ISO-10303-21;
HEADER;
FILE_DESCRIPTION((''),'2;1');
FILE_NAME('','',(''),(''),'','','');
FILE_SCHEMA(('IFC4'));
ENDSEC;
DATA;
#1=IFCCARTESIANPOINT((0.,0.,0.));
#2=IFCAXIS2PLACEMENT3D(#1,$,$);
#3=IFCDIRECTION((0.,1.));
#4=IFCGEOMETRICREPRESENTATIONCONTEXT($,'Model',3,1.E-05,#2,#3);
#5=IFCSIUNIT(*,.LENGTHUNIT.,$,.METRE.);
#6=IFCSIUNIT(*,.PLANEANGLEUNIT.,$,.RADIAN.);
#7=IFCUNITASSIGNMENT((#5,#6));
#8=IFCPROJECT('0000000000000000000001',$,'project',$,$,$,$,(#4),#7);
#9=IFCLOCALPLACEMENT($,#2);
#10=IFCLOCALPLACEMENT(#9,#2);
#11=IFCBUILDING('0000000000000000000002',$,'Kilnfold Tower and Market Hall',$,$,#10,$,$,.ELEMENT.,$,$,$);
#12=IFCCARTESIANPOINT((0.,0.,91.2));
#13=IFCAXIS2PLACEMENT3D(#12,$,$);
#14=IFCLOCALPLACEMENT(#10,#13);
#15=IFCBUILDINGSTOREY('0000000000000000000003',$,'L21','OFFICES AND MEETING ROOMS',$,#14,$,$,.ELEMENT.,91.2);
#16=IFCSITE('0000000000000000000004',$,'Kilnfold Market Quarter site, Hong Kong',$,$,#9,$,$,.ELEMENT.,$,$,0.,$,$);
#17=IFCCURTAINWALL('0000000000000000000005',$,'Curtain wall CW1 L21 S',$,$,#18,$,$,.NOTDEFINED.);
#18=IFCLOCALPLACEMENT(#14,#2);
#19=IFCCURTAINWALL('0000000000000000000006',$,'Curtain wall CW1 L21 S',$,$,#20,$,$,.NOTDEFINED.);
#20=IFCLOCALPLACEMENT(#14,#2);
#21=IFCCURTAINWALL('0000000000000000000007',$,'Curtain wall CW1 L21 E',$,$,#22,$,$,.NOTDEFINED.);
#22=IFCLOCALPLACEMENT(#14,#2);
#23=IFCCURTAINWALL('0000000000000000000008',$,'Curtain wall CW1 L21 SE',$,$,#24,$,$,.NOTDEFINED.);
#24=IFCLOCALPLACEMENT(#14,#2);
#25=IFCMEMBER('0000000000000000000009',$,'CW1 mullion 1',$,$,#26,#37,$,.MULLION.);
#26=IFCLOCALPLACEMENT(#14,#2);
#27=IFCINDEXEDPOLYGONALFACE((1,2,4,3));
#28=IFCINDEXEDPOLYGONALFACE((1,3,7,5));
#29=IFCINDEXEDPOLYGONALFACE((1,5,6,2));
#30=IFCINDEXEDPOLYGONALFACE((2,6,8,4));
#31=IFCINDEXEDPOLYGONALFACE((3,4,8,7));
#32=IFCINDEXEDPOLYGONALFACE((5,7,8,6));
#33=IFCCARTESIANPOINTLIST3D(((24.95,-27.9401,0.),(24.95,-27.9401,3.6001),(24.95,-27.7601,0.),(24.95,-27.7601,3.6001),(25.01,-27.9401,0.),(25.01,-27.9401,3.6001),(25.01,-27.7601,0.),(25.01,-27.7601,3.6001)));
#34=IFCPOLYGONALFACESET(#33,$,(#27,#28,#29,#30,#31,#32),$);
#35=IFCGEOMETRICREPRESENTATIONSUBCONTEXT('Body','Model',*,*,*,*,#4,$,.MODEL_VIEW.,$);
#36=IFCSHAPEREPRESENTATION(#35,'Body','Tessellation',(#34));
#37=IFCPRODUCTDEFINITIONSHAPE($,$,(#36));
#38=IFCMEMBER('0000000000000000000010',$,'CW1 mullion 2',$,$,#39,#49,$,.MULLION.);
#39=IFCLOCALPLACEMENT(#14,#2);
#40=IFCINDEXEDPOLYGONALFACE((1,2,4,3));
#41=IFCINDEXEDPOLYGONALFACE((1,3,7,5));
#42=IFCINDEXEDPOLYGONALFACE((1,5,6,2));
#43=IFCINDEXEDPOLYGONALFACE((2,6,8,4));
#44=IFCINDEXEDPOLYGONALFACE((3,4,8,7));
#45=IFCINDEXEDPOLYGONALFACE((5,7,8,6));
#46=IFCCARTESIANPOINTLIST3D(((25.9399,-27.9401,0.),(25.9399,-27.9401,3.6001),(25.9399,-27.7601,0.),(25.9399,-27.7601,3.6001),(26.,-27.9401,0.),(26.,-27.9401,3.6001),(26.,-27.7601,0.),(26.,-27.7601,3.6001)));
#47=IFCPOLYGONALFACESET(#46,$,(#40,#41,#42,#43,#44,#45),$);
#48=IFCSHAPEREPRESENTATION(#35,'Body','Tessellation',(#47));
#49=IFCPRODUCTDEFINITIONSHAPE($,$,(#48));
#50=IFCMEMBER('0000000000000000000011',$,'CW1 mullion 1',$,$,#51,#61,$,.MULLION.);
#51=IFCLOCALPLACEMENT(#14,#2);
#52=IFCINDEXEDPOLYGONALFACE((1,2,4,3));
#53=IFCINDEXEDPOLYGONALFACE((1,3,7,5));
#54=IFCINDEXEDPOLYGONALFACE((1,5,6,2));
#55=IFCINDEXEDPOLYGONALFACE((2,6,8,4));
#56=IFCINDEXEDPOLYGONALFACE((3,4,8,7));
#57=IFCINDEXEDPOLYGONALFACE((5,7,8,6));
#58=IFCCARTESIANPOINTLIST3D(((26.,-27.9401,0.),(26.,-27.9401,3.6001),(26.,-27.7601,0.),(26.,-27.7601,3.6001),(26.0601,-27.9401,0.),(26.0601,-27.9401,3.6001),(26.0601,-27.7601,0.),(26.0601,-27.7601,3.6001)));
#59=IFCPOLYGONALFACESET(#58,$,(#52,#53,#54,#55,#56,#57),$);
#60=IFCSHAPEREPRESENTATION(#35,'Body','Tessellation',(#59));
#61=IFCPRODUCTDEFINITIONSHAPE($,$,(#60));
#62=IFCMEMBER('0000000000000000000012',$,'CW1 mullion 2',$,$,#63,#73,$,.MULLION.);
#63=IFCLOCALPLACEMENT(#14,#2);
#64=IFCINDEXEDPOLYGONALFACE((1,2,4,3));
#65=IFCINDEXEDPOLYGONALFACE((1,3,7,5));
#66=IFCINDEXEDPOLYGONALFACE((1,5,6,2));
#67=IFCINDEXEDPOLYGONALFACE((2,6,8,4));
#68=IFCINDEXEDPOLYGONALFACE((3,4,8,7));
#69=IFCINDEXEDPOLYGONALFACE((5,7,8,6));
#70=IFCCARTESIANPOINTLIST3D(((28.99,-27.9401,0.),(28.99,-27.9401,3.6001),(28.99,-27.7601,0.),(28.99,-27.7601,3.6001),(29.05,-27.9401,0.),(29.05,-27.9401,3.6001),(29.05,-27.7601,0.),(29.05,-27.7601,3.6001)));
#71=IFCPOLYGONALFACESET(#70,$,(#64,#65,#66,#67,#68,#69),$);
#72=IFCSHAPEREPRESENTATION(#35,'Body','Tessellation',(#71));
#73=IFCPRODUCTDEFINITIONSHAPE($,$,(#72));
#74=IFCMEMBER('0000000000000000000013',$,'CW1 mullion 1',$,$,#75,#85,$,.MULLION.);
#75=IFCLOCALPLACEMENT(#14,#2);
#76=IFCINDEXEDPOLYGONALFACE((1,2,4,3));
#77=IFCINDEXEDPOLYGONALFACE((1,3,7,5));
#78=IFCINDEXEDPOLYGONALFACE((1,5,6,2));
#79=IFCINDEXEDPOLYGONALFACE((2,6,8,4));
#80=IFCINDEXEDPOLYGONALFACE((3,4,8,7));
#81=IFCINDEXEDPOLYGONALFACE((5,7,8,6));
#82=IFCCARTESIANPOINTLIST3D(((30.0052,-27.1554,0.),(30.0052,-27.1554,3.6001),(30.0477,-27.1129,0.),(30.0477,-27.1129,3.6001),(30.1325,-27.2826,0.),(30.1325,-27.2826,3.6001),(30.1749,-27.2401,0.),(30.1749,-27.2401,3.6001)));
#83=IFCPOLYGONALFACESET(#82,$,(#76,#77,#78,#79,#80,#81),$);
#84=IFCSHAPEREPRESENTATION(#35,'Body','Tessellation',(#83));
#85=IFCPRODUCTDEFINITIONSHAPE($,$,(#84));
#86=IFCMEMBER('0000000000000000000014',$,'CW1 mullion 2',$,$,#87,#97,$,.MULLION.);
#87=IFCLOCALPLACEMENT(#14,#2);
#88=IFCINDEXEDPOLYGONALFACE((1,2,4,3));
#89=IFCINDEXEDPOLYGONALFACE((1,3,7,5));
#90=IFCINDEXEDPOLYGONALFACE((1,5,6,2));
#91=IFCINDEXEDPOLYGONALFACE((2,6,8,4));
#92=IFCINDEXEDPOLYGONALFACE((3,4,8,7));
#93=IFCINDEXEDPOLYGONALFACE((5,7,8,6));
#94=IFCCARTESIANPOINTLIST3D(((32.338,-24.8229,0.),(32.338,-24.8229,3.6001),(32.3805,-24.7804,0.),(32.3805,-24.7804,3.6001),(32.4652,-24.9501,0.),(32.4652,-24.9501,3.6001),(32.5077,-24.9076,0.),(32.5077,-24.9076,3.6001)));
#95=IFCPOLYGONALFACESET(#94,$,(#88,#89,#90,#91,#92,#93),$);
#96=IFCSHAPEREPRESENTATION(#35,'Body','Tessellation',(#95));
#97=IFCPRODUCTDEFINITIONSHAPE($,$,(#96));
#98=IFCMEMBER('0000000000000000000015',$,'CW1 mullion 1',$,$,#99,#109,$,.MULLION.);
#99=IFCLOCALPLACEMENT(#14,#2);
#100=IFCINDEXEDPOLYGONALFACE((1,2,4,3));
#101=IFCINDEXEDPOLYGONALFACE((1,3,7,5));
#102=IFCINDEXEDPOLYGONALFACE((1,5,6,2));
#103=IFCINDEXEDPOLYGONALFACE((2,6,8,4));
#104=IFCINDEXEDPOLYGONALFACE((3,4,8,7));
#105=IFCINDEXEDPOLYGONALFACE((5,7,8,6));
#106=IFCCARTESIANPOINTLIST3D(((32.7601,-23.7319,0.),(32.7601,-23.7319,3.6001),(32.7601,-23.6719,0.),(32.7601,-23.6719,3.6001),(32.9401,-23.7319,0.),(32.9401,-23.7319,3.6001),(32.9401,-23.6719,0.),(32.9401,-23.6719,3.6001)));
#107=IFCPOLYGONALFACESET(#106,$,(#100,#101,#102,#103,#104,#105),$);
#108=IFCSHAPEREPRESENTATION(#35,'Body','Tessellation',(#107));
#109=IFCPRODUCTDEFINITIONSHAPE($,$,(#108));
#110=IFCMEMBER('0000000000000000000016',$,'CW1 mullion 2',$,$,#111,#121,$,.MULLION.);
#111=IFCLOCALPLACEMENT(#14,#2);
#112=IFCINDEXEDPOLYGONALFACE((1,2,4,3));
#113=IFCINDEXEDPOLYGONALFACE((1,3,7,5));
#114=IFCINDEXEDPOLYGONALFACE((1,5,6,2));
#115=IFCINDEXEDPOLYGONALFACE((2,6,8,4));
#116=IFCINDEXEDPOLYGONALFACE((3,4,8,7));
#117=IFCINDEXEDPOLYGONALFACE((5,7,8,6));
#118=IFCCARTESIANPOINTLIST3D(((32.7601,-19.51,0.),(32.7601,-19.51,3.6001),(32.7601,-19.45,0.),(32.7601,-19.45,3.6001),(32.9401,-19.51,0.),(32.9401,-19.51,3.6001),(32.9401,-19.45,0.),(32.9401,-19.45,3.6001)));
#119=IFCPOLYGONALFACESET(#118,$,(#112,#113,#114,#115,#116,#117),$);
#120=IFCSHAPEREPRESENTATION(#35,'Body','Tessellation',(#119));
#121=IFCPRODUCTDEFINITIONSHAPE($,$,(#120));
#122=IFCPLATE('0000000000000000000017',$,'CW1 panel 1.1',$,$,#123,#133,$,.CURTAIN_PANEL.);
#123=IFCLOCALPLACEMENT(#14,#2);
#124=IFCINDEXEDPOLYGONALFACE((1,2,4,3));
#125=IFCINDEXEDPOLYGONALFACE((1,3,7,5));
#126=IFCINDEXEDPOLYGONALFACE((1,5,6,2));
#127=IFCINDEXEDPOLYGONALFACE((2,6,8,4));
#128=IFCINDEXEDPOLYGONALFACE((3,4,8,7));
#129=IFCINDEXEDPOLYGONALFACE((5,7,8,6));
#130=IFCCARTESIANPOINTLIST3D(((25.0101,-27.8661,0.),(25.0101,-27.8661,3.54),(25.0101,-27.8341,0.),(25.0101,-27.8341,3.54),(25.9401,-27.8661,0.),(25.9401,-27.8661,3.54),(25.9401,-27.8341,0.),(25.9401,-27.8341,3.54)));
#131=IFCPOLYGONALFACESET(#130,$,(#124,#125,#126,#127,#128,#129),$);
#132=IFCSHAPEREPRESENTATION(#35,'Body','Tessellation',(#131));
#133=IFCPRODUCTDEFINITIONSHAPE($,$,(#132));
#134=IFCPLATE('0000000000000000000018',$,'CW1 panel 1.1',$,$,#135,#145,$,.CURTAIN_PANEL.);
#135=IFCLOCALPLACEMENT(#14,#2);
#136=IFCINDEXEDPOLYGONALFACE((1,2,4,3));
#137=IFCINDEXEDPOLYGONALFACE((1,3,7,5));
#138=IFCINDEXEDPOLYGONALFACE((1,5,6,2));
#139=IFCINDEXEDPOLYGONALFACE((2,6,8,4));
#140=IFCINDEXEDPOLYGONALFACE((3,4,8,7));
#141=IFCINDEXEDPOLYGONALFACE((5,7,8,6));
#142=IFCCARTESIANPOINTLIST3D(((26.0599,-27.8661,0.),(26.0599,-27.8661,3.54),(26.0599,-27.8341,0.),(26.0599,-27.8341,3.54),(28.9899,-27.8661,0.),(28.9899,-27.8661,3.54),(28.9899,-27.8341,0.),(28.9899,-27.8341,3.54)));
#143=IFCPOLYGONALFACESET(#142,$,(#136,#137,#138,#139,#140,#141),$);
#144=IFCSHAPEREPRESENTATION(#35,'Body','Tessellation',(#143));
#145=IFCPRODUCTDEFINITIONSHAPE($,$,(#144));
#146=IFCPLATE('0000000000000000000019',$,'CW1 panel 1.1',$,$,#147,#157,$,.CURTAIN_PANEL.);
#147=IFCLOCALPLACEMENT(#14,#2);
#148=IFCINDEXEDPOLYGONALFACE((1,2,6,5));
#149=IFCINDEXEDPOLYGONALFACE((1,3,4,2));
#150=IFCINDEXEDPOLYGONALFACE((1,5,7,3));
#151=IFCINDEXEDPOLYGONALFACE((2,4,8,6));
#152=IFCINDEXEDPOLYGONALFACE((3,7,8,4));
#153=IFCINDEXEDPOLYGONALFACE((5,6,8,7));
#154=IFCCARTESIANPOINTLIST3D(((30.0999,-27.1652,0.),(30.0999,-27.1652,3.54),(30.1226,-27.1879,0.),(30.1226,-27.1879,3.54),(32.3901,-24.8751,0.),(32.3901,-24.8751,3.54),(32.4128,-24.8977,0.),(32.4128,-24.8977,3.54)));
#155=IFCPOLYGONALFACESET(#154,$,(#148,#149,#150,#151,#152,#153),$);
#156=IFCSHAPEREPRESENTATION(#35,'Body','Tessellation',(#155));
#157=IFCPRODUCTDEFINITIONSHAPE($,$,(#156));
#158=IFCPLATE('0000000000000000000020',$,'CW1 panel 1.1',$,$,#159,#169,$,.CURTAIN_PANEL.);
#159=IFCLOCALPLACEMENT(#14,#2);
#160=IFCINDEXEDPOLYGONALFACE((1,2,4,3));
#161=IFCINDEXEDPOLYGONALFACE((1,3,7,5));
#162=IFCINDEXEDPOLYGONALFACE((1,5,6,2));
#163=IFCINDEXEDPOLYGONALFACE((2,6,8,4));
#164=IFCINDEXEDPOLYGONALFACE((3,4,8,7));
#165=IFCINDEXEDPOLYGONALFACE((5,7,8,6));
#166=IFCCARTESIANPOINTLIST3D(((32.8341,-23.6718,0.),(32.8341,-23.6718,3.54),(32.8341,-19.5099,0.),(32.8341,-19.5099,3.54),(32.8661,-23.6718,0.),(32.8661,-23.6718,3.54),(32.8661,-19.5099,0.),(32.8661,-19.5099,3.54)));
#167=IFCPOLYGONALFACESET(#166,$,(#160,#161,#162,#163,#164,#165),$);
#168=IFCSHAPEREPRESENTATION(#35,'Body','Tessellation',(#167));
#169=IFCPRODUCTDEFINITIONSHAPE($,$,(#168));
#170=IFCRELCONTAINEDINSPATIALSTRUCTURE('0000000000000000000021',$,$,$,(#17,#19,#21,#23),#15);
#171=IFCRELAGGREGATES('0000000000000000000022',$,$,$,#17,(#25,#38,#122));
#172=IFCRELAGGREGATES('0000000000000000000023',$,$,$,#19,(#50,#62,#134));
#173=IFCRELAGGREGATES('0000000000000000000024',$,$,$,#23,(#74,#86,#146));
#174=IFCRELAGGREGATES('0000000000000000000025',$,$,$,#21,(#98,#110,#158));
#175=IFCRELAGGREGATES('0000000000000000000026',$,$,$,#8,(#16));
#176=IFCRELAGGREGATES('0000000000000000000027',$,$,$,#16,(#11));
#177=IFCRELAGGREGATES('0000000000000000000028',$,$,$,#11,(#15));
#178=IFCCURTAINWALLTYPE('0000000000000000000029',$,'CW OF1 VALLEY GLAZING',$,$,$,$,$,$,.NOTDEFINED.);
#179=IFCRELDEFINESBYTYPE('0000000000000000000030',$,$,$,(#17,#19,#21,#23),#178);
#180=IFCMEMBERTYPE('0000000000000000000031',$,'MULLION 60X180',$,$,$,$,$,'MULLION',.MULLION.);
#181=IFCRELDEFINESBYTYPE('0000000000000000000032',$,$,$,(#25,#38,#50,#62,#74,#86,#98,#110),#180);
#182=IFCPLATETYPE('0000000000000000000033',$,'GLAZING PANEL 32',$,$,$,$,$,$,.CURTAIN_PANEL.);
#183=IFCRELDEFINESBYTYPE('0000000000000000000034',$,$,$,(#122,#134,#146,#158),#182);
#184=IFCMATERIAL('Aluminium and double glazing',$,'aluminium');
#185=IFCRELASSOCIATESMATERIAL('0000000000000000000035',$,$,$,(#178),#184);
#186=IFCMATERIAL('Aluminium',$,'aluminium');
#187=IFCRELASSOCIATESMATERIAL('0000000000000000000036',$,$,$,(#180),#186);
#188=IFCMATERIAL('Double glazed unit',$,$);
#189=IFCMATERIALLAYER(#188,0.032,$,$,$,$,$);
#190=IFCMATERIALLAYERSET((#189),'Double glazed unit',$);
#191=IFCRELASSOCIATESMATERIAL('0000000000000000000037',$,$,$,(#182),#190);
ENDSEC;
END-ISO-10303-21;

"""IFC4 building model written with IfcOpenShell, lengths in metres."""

from ifc_helpers import new_model, si_unit, direction, frame, origin, origin_2d, place, context, subcontext, project, spatial, rectangle, extrude, source, transform, mapped, material, layer, layer_set, material_profile, profile_set, type_object, element, aggregate, save


model = new_model("IFC4")

# Units and contexts
model_context = context("Model", 3, precision=1e-05, world=origin(), true_north=direction((0.0, 1.0)))
body_context = subcontext(model_context, "Body", "Model", "MODEL_VIEW")
ifc_project = project(units=[si_unit("LENGTHUNIT", "METRE"), si_unit("PLANEANGLEUNIT", "RADIAN")], contexts=[model_context])

# Site, building, storey
site_placement = place(None, origin())
site = spatial("IfcSite", under=ifc_project, at=site_placement, Name="Kilnfold Market Quarter site, Hong Kong", CompositionType="ELEMENT", RefElevation=0.0)
building_placement = place(site_placement, origin())
building = spatial("IfcBuilding", under=site, at=building_placement, Name="Kilnfold Tower and Market Hall", CompositionType="ELEMENT")
storey_placement = place(building_placement, frame((0.0, 0.0, 91.2)))
storey = spatial("IfcBuildingStorey", under=building, at=storey_placement, Name="L21", Description="OFFICES AND MEETING ROOMS", CompositionType="ELEMENT", Elevation=91.2)

# Curtain walls
ifc_material_1 = material(Name="Aluminium and double glazing", Category="aluminium")
curtain_wall_type = type_object("IfcCurtainWallType", Name="CW OF1 VALLEY GLAZING", PredefinedType="NOTDEFINED", material=ifc_material_1)
curtain_wall_1_placement = place(storey_placement, origin())
curtain_wall_1 = element("IfcCurtainWall", 1, at=curtain_wall_1_placement, inside=storey, type_object=curtain_wall_type, Name="Curtain wall CW1 L21 S", PredefinedType="NOTDEFINED")
curtain_wall_2_placement = place(storey_placement, origin())
curtain_wall_2 = element("IfcCurtainWall", 2, at=curtain_wall_2_placement, inside=storey, type_object=curtain_wall_type, Name="Curtain wall CW1 L21 S", PredefinedType="NOTDEFINED")
curtain_wall_3_placement = place(storey_placement, origin())
curtain_wall_3 = element("IfcCurtainWall", 3, at=curtain_wall_3_placement, inside=storey, type_object=curtain_wall_type, Name="Curtain wall CW1 L21 E", PredefinedType="NOTDEFINED")
curtain_wall_4_placement = place(storey_placement, origin())
curtain_wall_4 = element("IfcCurtainWall", 4, at=curtain_wall_4_placement, inside=storey, type_object=curtain_wall_type, Name="Curtain wall CW1 L21 SE", PredefinedType="NOTDEFINED")

# Members
ifc_material_2 = material(Name="Aluminium", Category="aluminium")
ifc_material_profile_1 = material_profile(ifc_material_2, rectangle(XDim=0.0601, YDim=0.1799, at=origin_2d()), Name="MULLION 60x180")
ifc_profile_set_1 = profile_set([ifc_material_profile_1], Name="Aluminium")
member_type_1 = type_object("IfcMemberType", Name="MULLION 60X180", ElementType="MULLION", PredefinedType="MULLION", material=ifc_profile_set_1)
shared_shape_1 = source(origin(), body_context, "Body", "SweptSolid", [
    extrude(rectangle(XDim=0.0601, YDim=0.1799, at=origin_2d()), origin(), (0.0, 0.0, 1.0), 3.6001),
])
member_1_placement = place(storey_placement, frame((24.98, -27.8501, 0.0), z_axis=(0.0, 0.0, 1.0), x_axis=(1.0, 0.0, 0.0)))
member_1 = element("IfcMember", 5, at=member_1_placement, type_object=member_type_1, Name="CW1 mullion 1", PredefinedType="MULLION", context=body_context, shape_type="MappedRepresentation", body=[
    mapped(shared_shape_1, transform((0.0, 0.0, 0.0))),
])
member_2_placement = place(storey_placement, frame((25.97, -27.8501, 0.0), z_axis=(0.0, 0.0, 1.0), x_axis=(1.0, 0.0, 0.0)))
member_2 = element("IfcMember", 6, at=member_2_placement, type_object=member_type_1, Name="CW1 mullion 2", PredefinedType="MULLION", context=body_context, shape_type="MappedRepresentation", body=[
    mapped(shared_shape_1, transform((0.0, 0.0, 0.0))),
])
member_3_placement = place(storey_placement, frame((26.03, -27.8501, 0.0), z_axis=(0.0, 0.0, 1.0), x_axis=(1.0, 0.0, 0.0)))
member_3 = element("IfcMember", 7, at=member_3_placement, type_object=member_type_1, Name="CW1 mullion 1", PredefinedType="MULLION", context=body_context, shape_type="MappedRepresentation", body=[
    mapped(shared_shape_1, transform((0.0, 0.0, 0.0))),
])
member_4_placement = place(storey_placement, frame((29.02, -27.8501, 0.0), z_axis=(0.0, 0.0, 1.0), x_axis=(1.0, 0.0, 0.0)))
member_4 = element("IfcMember", 8, at=member_4_placement, type_object=member_type_1, Name="CW1 mullion 2", PredefinedType="MULLION", context=body_context, shape_type="MappedRepresentation", body=[
    mapped(shared_shape_1, transform((0.0, 0.0, 0.0))),
])
member_5_placement = place(storey_placement, frame((30.0901, -27.1978, 0.0), z_axis=(0.0, 0.0, 1.0), x_axis=(0.707122, 0.707092, 0.0)))
member_5 = element("IfcMember", 9, at=member_5_placement, type_object=member_type_1, Name="CW1 mullion 1", PredefinedType="MULLION", context=body_context, shape_type="MappedRepresentation", body=[
    mapped(shared_shape_1, transform((0.0, 0.0, 0.0))),
])
member_6_placement = place(storey_placement, frame((32.4229, -24.8652, 0.0), z_axis=(0.0, 0.0, 1.0), x_axis=(0.707122, 0.707092, 0.0)))
member_6 = element("IfcMember", 10, at=member_6_placement, type_object=member_type_1, Name="CW1 mullion 2", PredefinedType="MULLION", context=body_context, shape_type="MappedRepresentation", body=[
    mapped(shared_shape_1, transform((0.0, 0.0, 0.0))),
])
member_7_placement = place(storey_placement, frame((32.8501, -23.7019, 0.0), z_axis=(0.0, 0.0, 1.0), x_axis=(0.0, 1.0, 0.0)))
member_7 = element("IfcMember", 11, at=member_7_placement, type_object=member_type_1, Name="CW1 mullion 1", PredefinedType="MULLION", context=body_context, shape_type="MappedRepresentation", body=[
    mapped(shared_shape_1, transform((0.0, 0.0, 0.0))),
])
member_8_placement = place(storey_placement, frame((32.8501, -19.48, 0.0), z_axis=(0.0, 0.0, 1.0), x_axis=(0.0, 1.0, 0.0)))
member_8 = element("IfcMember", 12, at=member_8_placement, type_object=member_type_1, Name="CW1 mullion 2", PredefinedType="MULLION", context=body_context, shape_type="MappedRepresentation", body=[
    mapped(shared_shape_1, transform((0.0, 0.0, 0.0))),
])

# Plates
ifc_material_3 = material(Name="Double glazed unit")
ifc_layer_1 = layer(ifc_material_3, 0.032)
ifc_layer_set_1 = layer_set([ifc_layer_1], Name="Double glazed unit")
plate_type = type_object("IfcPlateType", Name="GLAZING PANEL 32", PredefinedType="CURTAIN_PANEL", material=ifc_layer_set_1)
shared_shape_2 = source(origin(), body_context, "Body", "SweptSolid", [
    extrude(rectangle(XDim=0.9299, YDim=0.032, at=origin_2d()), origin(), (0.0, 0.0, 1.0), 3.54),
])
plate_1_placement = place(storey_placement, frame((25.4751, -27.8501, 0.0), z_axis=(0.0, 0.0, 1.0), x_axis=(1.0, 0.0, 0.0)))
plate_1 = element("IfcPlate", 13, at=plate_1_placement, type_object=plate_type, Name="CW1 panel 1.1", PredefinedType="CURTAIN_PANEL", context=body_context, shape_type="MappedRepresentation", body=[
    mapped(shared_shape_2, transform((0.0, 0.0, 0.0))),
])
aggregate(curtain_wall_1, [member_1, member_2, plate_1])
shared_shape_3 = source(origin(), body_context, "Body", "SweptSolid", [
    extrude(rectangle(XDim=2.9299, YDim=0.032, at=origin_2d()), origin(), (0.0, 0.0, 1.0), 3.54),
])
plate_2_placement = place(storey_placement, frame((27.5249, -27.8501, 0.0), z_axis=(0.0, 0.0, 1.0), x_axis=(1.0, 0.0, 0.0)))
plate_2 = element("IfcPlate", 14, at=plate_2_placement, type_object=plate_type, Name="CW1 panel 1.1", PredefinedType="CURTAIN_PANEL", context=body_context, shape_type="MappedRepresentation", body=[
    mapped(shared_shape_3, transform((0.0, 0.0, 0.0))),
])
aggregate(curtain_wall_2, [member_3, member_4, plate_2])
shared_shape_4 = source(origin(), body_context, "Body", "SweptSolid", [
    extrude(rectangle(XDim=3.2388, YDim=0.032, at=origin_2d()), origin(), (0.0, 0.0, 1.0), 3.54),
])
plate_3_placement = place(storey_placement, frame((31.2563, -26.0315, 0.0), z_axis=(0.0, 0.0, 1.0), x_axis=(0.707122, 0.707092, 0.0)))
plate_3 = element("IfcPlate", 15, at=plate_3_placement, type_object=plate_type, Name="CW1 panel 1.1", PredefinedType="CURTAIN_PANEL", context=body_context, shape_type="MappedRepresentation", body=[
    mapped(shared_shape_4, transform((0.0, 0.0, 0.0))),
])
aggregate(curtain_wall_4, [member_5, member_6, plate_3])
shared_shape_5 = source(origin(), body_context, "Body", "SweptSolid", [
    extrude(rectangle(XDim=4.1619, YDim=0.032, at=origin_2d()), origin(), (0.0, 0.0, 1.0), 3.54),
])
plate_4_placement = place(storey_placement, frame((32.8501, -21.5908, 0.0), z_axis=(0.0, 0.0, 1.0), x_axis=(0.0, 1.0, 0.0)))
plate_4 = element("IfcPlate", 16, at=plate_4_placement, type_object=plate_type, Name="CW1 panel 1.1", PredefinedType="CURTAIN_PANEL", context=body_context, shape_type="MappedRepresentation", body=[
    mapped(shared_shape_5, transform((0.0, 0.0, 0.0))),
])
aggregate(curtain_wall_3, [member_7, member_8, plate_4])

save(model, "model.ifc")
